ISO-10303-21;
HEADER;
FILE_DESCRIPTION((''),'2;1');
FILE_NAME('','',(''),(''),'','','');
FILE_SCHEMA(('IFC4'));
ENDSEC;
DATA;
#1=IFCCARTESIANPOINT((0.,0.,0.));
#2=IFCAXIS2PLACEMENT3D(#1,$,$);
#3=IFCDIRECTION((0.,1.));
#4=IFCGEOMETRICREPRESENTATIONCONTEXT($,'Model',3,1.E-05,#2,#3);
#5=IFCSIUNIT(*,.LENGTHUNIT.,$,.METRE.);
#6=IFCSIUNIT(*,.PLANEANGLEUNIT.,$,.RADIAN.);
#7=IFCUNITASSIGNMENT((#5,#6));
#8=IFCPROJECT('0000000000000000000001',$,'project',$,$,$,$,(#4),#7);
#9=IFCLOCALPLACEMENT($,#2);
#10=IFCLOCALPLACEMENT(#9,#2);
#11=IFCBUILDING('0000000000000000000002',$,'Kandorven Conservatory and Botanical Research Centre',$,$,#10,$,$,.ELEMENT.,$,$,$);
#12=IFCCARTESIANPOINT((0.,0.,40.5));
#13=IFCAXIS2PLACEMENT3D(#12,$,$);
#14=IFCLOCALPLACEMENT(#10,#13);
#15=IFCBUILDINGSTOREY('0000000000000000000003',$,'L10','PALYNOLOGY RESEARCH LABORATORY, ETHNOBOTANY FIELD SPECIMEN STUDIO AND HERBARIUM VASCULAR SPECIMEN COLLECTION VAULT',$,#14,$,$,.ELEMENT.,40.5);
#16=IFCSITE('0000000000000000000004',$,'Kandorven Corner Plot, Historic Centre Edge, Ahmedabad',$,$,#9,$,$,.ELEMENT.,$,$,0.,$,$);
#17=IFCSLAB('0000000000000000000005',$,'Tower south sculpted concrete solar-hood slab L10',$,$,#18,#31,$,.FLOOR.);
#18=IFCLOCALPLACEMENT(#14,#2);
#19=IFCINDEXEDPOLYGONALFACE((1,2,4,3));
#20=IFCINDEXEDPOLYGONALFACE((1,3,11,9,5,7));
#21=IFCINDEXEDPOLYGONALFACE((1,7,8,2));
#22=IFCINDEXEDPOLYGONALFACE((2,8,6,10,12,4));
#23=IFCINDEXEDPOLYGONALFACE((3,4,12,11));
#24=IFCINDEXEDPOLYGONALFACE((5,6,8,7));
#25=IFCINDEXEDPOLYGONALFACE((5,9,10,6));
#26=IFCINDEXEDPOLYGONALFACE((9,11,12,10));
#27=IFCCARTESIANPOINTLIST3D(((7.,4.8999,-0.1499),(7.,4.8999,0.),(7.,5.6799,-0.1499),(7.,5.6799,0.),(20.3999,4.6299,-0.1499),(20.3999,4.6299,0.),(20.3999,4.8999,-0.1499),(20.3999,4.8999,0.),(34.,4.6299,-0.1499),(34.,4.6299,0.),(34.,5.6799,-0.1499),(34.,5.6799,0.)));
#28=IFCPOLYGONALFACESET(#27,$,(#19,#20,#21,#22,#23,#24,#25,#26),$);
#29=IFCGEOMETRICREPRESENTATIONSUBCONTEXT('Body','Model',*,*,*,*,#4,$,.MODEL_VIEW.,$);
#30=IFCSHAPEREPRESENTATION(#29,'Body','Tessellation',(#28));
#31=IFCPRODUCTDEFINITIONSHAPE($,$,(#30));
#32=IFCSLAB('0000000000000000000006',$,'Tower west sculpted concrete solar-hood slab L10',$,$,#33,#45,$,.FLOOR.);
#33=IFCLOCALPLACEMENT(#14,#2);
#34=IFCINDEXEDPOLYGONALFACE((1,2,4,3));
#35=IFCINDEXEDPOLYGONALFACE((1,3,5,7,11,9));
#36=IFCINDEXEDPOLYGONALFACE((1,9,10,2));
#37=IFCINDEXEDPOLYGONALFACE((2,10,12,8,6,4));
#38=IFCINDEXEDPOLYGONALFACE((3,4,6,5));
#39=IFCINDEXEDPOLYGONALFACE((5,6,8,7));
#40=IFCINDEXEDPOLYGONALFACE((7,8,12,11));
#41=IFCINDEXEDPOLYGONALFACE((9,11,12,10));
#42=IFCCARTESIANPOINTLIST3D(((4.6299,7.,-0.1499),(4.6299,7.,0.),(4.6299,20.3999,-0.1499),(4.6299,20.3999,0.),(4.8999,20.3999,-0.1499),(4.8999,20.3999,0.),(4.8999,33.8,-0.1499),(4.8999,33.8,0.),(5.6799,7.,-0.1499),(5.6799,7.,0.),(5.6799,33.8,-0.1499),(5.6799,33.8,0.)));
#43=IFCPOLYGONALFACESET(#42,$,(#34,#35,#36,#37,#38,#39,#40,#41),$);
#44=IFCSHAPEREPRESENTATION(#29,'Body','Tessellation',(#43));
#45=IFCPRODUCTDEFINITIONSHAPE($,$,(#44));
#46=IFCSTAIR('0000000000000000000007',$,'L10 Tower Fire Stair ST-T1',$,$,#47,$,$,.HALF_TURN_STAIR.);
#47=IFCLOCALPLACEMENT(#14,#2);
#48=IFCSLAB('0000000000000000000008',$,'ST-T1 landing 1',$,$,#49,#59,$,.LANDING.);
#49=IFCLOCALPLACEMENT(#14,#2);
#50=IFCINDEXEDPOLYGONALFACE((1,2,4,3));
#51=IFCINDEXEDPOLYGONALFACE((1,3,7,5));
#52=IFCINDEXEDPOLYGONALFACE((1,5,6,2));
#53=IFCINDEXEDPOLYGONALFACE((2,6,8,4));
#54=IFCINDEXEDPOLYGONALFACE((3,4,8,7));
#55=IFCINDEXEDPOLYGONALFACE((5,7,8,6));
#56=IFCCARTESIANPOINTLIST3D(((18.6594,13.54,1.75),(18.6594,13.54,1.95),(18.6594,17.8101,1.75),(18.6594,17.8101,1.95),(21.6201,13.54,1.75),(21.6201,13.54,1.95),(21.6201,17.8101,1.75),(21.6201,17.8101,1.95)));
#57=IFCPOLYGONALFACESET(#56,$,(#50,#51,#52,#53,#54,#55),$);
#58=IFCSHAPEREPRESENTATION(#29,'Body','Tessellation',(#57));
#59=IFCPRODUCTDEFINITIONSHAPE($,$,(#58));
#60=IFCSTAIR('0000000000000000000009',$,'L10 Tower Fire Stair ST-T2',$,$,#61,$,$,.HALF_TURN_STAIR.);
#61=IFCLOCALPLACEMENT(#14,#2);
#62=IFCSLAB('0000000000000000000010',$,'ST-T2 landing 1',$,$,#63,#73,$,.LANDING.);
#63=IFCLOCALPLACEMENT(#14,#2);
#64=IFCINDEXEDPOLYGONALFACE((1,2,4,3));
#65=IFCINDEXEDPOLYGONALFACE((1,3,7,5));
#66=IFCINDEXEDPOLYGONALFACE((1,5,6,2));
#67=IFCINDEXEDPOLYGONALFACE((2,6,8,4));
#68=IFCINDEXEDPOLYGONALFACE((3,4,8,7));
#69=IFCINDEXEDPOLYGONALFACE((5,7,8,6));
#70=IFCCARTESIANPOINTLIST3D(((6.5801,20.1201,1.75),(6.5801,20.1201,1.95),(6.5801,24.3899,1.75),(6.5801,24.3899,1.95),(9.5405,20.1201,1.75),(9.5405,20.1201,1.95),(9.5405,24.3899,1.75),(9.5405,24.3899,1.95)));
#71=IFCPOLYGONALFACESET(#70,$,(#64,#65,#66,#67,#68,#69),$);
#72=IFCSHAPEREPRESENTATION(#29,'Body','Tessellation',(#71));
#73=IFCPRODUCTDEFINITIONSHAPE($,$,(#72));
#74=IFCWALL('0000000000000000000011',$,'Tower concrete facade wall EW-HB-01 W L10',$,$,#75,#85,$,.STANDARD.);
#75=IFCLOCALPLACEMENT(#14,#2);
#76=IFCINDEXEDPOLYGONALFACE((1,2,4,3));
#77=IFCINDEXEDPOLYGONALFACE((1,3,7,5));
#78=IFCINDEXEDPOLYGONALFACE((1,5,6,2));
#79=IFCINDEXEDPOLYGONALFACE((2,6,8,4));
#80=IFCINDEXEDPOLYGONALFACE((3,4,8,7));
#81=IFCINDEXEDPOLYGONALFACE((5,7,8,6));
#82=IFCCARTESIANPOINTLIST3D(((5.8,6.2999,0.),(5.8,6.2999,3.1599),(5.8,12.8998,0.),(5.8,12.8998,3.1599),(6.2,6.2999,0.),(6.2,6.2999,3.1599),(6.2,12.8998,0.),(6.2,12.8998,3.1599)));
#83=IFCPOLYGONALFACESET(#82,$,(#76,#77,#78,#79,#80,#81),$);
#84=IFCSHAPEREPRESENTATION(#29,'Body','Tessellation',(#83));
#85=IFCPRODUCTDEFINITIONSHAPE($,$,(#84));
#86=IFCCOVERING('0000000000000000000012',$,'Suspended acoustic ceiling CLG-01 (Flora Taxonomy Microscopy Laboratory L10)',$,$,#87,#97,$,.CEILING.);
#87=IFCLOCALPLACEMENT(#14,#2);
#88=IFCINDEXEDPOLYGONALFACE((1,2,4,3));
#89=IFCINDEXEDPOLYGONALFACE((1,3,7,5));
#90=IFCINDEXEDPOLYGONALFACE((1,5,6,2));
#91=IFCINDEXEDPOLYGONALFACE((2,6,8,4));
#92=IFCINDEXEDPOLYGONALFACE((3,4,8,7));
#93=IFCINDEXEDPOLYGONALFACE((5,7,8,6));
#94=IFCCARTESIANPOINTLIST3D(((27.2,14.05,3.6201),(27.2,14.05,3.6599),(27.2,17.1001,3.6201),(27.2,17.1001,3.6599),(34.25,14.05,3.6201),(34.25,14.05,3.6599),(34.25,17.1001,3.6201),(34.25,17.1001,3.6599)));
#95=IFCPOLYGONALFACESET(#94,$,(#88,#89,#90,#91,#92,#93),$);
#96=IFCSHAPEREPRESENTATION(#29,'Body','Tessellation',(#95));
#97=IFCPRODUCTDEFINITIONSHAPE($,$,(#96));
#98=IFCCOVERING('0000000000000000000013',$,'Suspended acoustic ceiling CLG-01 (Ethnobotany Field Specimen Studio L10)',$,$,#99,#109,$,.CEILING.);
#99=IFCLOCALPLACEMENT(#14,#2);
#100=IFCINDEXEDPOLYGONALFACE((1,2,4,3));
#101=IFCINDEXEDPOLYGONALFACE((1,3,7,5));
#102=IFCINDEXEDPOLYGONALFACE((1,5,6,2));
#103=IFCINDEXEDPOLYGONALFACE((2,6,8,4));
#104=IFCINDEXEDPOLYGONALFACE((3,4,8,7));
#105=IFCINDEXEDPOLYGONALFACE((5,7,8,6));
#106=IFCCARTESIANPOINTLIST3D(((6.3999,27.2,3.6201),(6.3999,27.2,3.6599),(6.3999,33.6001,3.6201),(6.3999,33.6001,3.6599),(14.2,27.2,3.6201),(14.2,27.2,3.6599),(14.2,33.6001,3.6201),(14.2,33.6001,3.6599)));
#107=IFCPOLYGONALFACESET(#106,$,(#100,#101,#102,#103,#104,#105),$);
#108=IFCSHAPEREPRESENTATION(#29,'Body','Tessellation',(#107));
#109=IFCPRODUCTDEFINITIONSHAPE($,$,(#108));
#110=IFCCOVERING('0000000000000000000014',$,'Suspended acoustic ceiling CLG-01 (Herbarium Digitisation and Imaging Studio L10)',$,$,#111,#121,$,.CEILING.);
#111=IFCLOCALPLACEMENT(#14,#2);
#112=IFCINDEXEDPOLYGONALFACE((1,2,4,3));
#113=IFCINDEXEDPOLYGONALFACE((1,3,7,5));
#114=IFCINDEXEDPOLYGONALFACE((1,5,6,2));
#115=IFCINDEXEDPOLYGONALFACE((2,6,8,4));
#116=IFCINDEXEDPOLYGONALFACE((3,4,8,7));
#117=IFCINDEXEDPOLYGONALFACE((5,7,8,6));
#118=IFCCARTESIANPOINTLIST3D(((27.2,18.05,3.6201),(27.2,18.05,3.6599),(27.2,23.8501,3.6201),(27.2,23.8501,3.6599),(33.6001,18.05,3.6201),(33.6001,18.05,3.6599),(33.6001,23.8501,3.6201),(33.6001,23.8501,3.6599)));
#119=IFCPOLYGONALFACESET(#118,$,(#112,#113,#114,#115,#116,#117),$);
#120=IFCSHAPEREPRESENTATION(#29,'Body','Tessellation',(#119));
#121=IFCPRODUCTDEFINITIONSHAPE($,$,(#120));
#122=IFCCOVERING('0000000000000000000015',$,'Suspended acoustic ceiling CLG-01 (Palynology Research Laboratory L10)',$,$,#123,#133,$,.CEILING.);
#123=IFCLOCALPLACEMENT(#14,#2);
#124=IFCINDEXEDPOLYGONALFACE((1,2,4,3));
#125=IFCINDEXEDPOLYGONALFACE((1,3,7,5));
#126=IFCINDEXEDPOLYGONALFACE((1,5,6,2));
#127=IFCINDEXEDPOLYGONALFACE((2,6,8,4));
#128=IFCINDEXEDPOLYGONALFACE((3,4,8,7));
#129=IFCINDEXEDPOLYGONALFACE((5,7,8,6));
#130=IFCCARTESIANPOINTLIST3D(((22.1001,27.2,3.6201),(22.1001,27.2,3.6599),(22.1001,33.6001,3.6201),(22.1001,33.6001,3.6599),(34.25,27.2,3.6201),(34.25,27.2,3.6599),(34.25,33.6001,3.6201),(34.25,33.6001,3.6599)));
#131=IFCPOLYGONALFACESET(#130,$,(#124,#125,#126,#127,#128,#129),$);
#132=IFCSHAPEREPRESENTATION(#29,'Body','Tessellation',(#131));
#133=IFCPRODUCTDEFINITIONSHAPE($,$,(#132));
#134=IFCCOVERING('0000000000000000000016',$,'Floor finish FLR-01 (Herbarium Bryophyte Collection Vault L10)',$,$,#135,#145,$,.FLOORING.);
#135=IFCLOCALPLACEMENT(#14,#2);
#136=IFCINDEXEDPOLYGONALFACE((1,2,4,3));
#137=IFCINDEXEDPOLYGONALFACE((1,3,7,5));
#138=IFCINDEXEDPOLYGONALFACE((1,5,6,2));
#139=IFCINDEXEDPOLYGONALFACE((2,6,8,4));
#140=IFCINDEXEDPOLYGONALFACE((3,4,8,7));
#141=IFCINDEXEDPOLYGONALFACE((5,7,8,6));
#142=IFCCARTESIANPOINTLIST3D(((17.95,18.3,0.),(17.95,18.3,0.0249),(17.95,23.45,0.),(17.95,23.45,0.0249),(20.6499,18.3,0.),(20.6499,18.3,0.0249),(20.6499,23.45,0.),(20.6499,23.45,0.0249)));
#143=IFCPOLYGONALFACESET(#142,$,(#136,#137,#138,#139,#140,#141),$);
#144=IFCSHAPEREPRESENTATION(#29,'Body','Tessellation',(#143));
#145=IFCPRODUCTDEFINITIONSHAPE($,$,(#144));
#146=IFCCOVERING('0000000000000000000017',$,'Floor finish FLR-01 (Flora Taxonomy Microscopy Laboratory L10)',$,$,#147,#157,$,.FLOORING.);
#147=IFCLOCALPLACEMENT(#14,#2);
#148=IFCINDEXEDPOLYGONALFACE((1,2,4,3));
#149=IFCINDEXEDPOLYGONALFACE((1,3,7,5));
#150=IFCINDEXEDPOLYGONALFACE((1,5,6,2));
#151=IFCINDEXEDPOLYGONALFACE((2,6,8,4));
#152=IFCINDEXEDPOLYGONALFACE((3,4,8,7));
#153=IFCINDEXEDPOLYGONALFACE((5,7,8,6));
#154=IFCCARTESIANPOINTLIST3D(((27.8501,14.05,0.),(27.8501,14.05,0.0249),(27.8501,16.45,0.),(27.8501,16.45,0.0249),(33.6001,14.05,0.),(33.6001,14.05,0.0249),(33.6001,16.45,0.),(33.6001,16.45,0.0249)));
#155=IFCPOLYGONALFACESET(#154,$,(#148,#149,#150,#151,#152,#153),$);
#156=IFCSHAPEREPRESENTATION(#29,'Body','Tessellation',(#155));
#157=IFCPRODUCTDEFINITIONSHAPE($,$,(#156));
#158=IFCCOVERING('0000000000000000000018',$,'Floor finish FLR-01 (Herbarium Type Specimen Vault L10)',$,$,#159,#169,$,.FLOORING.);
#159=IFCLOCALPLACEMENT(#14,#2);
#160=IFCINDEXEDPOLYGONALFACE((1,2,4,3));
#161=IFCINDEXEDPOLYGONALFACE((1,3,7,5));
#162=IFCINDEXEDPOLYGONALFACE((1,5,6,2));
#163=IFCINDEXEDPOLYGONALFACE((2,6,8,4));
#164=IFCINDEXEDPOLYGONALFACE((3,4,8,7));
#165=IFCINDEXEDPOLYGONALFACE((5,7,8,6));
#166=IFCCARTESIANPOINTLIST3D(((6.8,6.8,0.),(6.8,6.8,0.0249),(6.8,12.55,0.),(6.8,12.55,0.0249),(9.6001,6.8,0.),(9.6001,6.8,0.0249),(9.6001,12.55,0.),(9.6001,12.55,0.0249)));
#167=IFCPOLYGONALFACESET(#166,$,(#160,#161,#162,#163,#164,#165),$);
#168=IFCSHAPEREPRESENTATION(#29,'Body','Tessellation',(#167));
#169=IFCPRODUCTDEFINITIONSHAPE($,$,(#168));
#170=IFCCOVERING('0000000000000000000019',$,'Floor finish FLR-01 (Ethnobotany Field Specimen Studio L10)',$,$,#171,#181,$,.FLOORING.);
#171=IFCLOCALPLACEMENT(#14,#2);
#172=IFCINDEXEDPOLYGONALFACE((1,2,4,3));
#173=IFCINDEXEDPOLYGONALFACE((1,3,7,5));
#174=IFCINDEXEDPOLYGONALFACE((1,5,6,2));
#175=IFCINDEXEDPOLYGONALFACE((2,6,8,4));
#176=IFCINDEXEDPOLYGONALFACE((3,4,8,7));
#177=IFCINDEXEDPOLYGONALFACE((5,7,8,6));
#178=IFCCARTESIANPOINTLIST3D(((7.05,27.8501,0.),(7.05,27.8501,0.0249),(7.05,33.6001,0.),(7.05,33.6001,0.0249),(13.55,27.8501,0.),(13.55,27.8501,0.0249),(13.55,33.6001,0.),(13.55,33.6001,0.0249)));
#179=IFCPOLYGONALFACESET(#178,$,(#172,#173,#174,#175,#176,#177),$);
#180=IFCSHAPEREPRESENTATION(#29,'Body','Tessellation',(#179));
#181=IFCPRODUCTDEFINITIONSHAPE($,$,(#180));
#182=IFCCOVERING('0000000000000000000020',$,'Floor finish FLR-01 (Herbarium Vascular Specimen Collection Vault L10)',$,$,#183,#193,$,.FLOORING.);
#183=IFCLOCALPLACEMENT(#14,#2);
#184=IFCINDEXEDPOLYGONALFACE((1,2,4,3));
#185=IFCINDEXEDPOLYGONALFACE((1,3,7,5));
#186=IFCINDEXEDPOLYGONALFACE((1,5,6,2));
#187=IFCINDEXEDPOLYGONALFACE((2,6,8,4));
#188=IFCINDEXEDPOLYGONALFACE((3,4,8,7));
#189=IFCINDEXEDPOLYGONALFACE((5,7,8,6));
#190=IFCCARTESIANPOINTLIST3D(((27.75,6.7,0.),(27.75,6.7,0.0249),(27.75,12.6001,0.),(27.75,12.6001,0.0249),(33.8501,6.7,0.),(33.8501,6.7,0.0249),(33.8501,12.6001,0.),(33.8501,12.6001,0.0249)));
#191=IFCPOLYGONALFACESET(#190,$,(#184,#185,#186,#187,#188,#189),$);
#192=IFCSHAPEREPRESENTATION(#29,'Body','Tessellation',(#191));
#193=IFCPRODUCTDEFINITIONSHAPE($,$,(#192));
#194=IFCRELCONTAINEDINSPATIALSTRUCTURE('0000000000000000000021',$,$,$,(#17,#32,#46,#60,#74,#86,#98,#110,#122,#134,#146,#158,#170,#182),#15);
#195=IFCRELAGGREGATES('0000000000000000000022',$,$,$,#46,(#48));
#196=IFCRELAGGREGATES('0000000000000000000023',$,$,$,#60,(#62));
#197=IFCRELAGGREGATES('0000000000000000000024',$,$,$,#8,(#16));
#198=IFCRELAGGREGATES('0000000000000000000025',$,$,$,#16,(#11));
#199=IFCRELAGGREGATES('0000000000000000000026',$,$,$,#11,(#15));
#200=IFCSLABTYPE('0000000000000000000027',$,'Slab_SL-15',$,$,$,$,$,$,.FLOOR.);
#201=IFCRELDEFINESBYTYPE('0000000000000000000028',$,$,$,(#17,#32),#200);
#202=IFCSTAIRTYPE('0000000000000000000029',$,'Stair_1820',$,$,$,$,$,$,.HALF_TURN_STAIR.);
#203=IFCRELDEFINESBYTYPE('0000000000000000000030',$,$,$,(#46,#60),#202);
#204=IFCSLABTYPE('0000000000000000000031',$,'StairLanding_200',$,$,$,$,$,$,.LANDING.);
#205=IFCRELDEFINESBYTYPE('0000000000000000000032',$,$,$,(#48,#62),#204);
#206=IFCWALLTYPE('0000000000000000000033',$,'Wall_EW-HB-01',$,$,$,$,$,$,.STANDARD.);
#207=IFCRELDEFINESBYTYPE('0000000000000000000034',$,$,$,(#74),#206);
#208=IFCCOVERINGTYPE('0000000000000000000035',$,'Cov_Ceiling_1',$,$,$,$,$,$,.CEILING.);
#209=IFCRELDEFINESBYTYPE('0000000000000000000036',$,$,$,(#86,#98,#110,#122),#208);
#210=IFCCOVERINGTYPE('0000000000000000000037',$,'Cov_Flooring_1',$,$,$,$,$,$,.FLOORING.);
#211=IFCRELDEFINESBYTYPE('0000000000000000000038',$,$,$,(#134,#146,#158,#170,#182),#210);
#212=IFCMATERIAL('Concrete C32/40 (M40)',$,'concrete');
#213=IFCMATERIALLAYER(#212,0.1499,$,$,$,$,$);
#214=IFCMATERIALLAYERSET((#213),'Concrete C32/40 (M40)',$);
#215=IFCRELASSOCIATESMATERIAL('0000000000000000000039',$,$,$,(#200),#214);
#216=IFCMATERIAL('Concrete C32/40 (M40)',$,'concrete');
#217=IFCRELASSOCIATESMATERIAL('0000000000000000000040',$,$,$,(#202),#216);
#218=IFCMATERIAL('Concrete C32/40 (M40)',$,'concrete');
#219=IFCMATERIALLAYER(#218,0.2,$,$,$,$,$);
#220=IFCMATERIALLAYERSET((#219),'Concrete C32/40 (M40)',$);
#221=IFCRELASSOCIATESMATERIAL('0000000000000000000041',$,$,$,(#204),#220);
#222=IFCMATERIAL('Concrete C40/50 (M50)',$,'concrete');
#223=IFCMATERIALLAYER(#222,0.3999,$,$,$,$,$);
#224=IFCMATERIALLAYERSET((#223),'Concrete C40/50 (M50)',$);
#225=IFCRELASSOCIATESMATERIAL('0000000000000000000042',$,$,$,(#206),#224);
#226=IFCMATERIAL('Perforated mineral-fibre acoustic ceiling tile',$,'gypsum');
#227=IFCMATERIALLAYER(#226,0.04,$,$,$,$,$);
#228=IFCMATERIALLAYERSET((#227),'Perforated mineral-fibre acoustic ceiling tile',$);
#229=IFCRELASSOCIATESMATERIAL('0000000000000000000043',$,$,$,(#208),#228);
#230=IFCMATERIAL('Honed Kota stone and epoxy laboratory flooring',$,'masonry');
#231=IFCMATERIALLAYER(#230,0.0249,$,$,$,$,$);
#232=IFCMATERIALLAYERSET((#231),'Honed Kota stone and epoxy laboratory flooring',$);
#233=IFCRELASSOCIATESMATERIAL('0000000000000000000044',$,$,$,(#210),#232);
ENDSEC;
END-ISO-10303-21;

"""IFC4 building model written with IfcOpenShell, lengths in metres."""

from ifc_helpers import new_model, si_unit, direction, frame, frame_2d, origin, place, context, subcontext, project, spatial, polyline, rectangle, outline, extrude, material, layer, layer_set, type_object, element, aggregate, save


model = new_model("IFC4")

# Units and contexts
model_context = context("Model", 3, precision=1e-05, world=origin(), true_north=direction((0.0, 1.0)))
body_context = subcontext(model_context, "Body", "Model", "MODEL_VIEW")
ifc_project = project(units=[si_unit("LENGTHUNIT", "METRE"), si_unit("PLANEANGLEUNIT", "RADIAN")], contexts=[model_context])

# Site, building, storey
site_placement = place(None, origin())
site = spatial("IfcSite", under=ifc_project, at=site_placement, Name="Kandorven Corner Plot, Historic Centre Edge, Ahmedabad", CompositionType="ELEMENT", RefElevation=0.0)
building_placement = place(site_placement, origin())
building = spatial("IfcBuilding", under=site, at=building_placement, Name="Kandorven Conservatory and Botanical Research Centre", CompositionType="ELEMENT")
storey_placement = place(building_placement, frame((0.0, 0.0, 40.5)))
storey = spatial("IfcBuildingStorey", under=building, at=storey_placement, Name="L10", Description="PALYNOLOGY RESEARCH LABORATORY, ETHNOBOTANY FIELD SPECIMEN STUDIO AND HERBARIUM VASCULAR SPECIMEN COLLECTION VAULT", CompositionType="ELEMENT", Elevation=40.5)

# Slabs
ifc_material_1 = material(Name="Concrete C32/40 (M40)", Category="concrete")
ifc_layer_1 = layer(ifc_material_1, 0.1499)
ifc_layer_set_1 = layer_set([ifc_layer_1], Name="Concrete C32/40 (M40)")
slab_type_1 = type_object("IfcSlabType", Name="Slab_SL-15", PredefinedType="FLOOR", material=ifc_layer_set_1)
slab_1_placement = place(storey_placement, frame((0.0, 0.0, -0.1499)))
element("IfcSlab", 1, at=slab_1_placement, inside=storey, type_object=slab_type_1, Name="Tower south sculpted concrete solar-hood slab L10", PredefinedType="FLOOR", context=body_context, shape_type="SweptSolid", body=[
    extrude(outline(polyline([(7.0, 5.6799), (34.0, 5.6799), (34.0, 4.6299), (20.3999, 4.6299), (20.3999, 4.8999), (7.0, 4.8999), (7.0, 5.6799)])), origin(), (0.0, 0.0, 1.0), 0.1499),
])
slab_2_placement = place(storey_placement, frame((0.0, 0.0, -0.1499)))
element("IfcSlab", 2, at=slab_2_placement, inside=storey, type_object=slab_type_1, Name="Tower west sculpted concrete solar-hood slab L10", PredefinedType="FLOOR", context=body_context, shape_type="SweptSolid", body=[
    extrude(outline(polyline([(4.6299, 7.0), (5.6799, 7.0), (5.6799, 33.8), (4.8999, 33.8), (4.8999, 20.3999), (4.6299, 20.3999), (4.6299, 7.0)])), origin(), (0.0, 0.0, 1.0), 0.1499),
])

# Stairs, slabs
ifc_material_2 = material(Name="Concrete C32/40 (M40)", Category="concrete")
stair_type = type_object("IfcStairType", Name="Stair_1820", PredefinedType="HALF_TURN_STAIR", material=ifc_material_2)
stair_1_placement = place(storey_placement, origin())
stair_1 = element("IfcStair", 3, at=stair_1_placement, inside=storey, type_object=stair_type, Name="L10 Tower Fire Stair ST-T1", PredefinedType="HALF_TURN_STAIR")
ifc_material_3 = material(Name="Concrete C32/40 (M40)", Category="concrete")
ifc_layer_2 = layer(ifc_material_3, 0.2)
ifc_layer_set_2 = layer_set([ifc_layer_2], Name="Concrete C32/40 (M40)")
slab_type_2 = type_object("IfcSlabType", Name="StairLanding_200", PredefinedType="LANDING", material=ifc_layer_set_2)
slab_3_placement = place(storey_placement, frame((0.0, 0.0, 1.75)))
slab_3 = element("IfcSlab", 4, at=slab_3_placement, type_object=slab_type_2, Name="ST-T1 landing 1", PredefinedType="LANDING", context=body_context, shape_type="SweptSolid", body=[
    extrude(outline(polyline([(18.6594, 13.54), (21.6201, 13.54), (21.6201, 17.8101), (18.6594, 17.8101), (18.6594, 13.54)])), origin(), (0.0, 0.0, 1.0), 0.2),
])
aggregate(stair_1, [slab_3])
stair_2_placement = place(storey_placement, origin())
stair_2 = element("IfcStair", 5, at=stair_2_placement, inside=storey, type_object=stair_type, Name="L10 Tower Fire Stair ST-T2", PredefinedType="HALF_TURN_STAIR")
slab_4_placement = place(storey_placement, frame((0.0, 0.0, 1.75)))
slab_4 = element("IfcSlab", 6, at=slab_4_placement, type_object=slab_type_2, Name="ST-T2 landing 1", PredefinedType="LANDING", context=body_context, shape_type="SweptSolid", body=[
    extrude(outline(polyline([(9.5405, 24.3899), (6.5801, 24.3899), (6.5801, 20.1201), (9.5405, 20.1201), (9.5405, 24.3899)])), origin(), (0.0, 0.0, 1.0), 0.2),
])
aggregate(stair_2, [slab_4])

# Wall
ifc_material_4 = material(Name="Concrete C40/50 (M50)", Category="concrete")
ifc_layer_3 = layer(ifc_material_4, 0.3999)
ifc_layer_set_3 = layer_set([ifc_layer_3], Name="Concrete C40/50 (M50)")
wall_type = type_object("IfcWallType", Name="Wall_EW-HB-01", PredefinedType="STANDARD", material=ifc_layer_set_3)
wall_placement = place(storey_placement, frame((6.0, 6.3, 0.0), z_axis=(0.0, 0.0, 1.0), x_axis=(0.0, 1.0, 0.0)))
element("IfcWall", 7, at=wall_placement, inside=storey, type_object=wall_type, Name="Tower concrete facade wall EW-HB-01 W L10", PredefinedType="STANDARD", context=body_context, shape_type="SweptSolid", body=[
    extrude(rectangle(XDim=6.5999, YDim=0.3999, at=frame_2d((3.2998, 0.0))), origin(), (0.0, 0.0, 1.0), 3.1599),
])

# Coverings
ifc_material_5 = material(Name="Perforated mineral-fibre acoustic ceiling tile", Category="gypsum")
ifc_layer_4 = layer(ifc_material_5, 0.04)
ifc_layer_set_4 = layer_set([ifc_layer_4], Name="Perforated mineral-fibre acoustic ceiling tile")
covering_type_1 = type_object("IfcCoveringType", Name="Cov_Ceiling_1", PredefinedType="CEILING", material=ifc_layer_set_4)
covering_1_placement = place(storey_placement, frame((0.0, 0.0, 3.6201)))
element("IfcCovering", 8, at=covering_1_placement, inside=storey, type_object=covering_type_1, Name="Suspended acoustic ceiling CLG-01 (Flora Taxonomy Microscopy Laboratory L10)", PredefinedType="CEILING", context=body_context, shape_type="SweptSolid", body=[
    extrude(outline(polyline([(27.2, 14.05), (34.25, 14.05), (34.25, 17.1001), (27.2, 17.1001), (27.2, 14.05)])), origin(), (0.0, 0.0, 1.0), 0.0398),
])
covering_2_placement = place(storey_placement, frame((0.0, 0.0, 3.6201)))
element("IfcCovering", 9, at=covering_2_placement, inside=storey, type_object=covering_type_1, Name="Suspended acoustic ceiling CLG-01 (Ethnobotany Field Specimen Studio L10)", PredefinedType="CEILING", context=body_context, shape_type="SweptSolid", body=[
    extrude(outline(polyline([(6.3999, 27.2), (14.2, 27.2), (14.2, 33.6001), (6.3999, 33.6001), (6.3999, 27.2)])), origin(), (0.0, 0.0, 1.0), 0.0398),
])
covering_3_placement = place(storey_placement, frame((0.0, 0.0, 3.6201)))
element("IfcCovering", 10, at=covering_3_placement, inside=storey, type_object=covering_type_1, Name="Suspended acoustic ceiling CLG-01 (Herbarium Digitisation and Imaging Studio L10)", PredefinedType="CEILING", context=body_context, shape_type="SweptSolid", body=[
    extrude(outline(polyline([(27.2, 18.05), (33.6001, 18.05), (33.6001, 23.8501), (27.2, 23.8501), (27.2, 18.05)])), origin(), (0.0, 0.0, 1.0), 0.0398),
])
covering_4_placement = place(storey_placement, frame((0.0, 0.0, 3.6201)))
element("IfcCovering", 11, at=covering_4_placement, inside=storey, type_object=covering_type_1, Name="Suspended acoustic ceiling CLG-01 (Palynology Research Laboratory L10)", PredefinedType="CEILING", context=body_context, shape_type="SweptSolid", body=[
    extrude(outline(polyline([(22.1001, 27.2), (34.25, 27.2), (34.25, 33.6001), (22.1001, 33.6001), (22.1001, 27.2)])), origin(), (0.0, 0.0, 1.0), 0.0398),
])
ifc_material_6 = material(Name="Honed Kota stone and epoxy laboratory flooring", Category="masonry")
ifc_layer_5 = layer(ifc_material_6, 0.0249)
ifc_layer_set_5 = layer_set([ifc_layer_5], Name="Honed Kota stone and epoxy laboratory flooring")
covering_type_2 = type_object("IfcCoveringType", Name="Cov_Flooring_1", PredefinedType="FLOORING", material=ifc_layer_set_5)
covering_5_placement = place(storey_placement, origin())
element("IfcCovering", 12, at=covering_5_placement, inside=storey, type_object=covering_type_2, Name="Floor finish FLR-01 (Herbarium Bryophyte Collection Vault L10)", PredefinedType="FLOORING", context=body_context, shape_type="SweptSolid", body=[
    extrude(outline(polyline([(17.95, 18.3), (20.6499, 18.3), (20.6499, 23.45), (17.95, 23.45), (17.95, 18.3)])), origin(), (0.0, 0.0, 1.0), 0.0249),
])
covering_6_placement = place(storey_placement, origin())
element("IfcCovering", 13, at=covering_6_placement, inside=storey, type_object=covering_type_2, Name="Floor finish FLR-01 (Flora Taxonomy Microscopy Laboratory L10)", PredefinedType="FLOORING", context=body_context, shape_type="SweptSolid", body=[
    extrude(outline(polyline([(27.8501, 14.05), (33.6001, 14.05), (33.6001, 16.45), (27.8501, 16.45), (27.8501, 14.05)])), origin(), (0.0, 0.0, 1.0), 0.0249),
])
covering_7_placement = place(storey_placement, origin())
element("IfcCovering", 14, at=covering_7_placement, inside=storey, type_object=covering_type_2, Name="Floor finish FLR-01 (Herbarium Type Specimen Vault L10)", PredefinedType="FLOORING", context=body_context, shape_type="SweptSolid", body=[
    extrude(outline(polyline([(6.8, 6.8), (9.6001, 6.8), (9.6001, 12.55), (6.8, 12.55), (6.8, 6.8)])), origin(), (0.0, 0.0, 1.0), 0.0249),
])
covering_8_placement = place(storey_placement, origin())
element("IfcCovering", 15, at=covering_8_placement, inside=storey, type_object=covering_type_2, Name="Floor finish FLR-01 (Ethnobotany Field Specimen Studio L10)", PredefinedType="FLOORING", context=body_context, shape_type="SweptSolid", body=[
    extrude(outline(polyline([(7.05, 27.8501), (13.55, 27.8501), (13.55, 33.6001), (7.05, 33.6001), (7.05, 27.8501)])), origin(), (0.0, 0.0, 1.0), 0.0249),
])
covering_9_placement = place(storey_placement, origin())
element("IfcCovering", 16, at=covering_9_placement, inside=storey, type_object=covering_type_2, Name="Floor finish FLR-01 (Herbarium Vascular Specimen Collection Vault L10)", PredefinedType="FLOORING", context=body_context, shape_type="SweptSolid", body=[
    extrude(outline(polyline([(27.75, 6.7), (33.8501, 6.7), (33.8501, 12.6001), (27.75, 12.6001), (27.75, 6.7)])), origin(), (0.0, 0.0, 1.0), 0.0249),
])

save(model, "model.ifc")
